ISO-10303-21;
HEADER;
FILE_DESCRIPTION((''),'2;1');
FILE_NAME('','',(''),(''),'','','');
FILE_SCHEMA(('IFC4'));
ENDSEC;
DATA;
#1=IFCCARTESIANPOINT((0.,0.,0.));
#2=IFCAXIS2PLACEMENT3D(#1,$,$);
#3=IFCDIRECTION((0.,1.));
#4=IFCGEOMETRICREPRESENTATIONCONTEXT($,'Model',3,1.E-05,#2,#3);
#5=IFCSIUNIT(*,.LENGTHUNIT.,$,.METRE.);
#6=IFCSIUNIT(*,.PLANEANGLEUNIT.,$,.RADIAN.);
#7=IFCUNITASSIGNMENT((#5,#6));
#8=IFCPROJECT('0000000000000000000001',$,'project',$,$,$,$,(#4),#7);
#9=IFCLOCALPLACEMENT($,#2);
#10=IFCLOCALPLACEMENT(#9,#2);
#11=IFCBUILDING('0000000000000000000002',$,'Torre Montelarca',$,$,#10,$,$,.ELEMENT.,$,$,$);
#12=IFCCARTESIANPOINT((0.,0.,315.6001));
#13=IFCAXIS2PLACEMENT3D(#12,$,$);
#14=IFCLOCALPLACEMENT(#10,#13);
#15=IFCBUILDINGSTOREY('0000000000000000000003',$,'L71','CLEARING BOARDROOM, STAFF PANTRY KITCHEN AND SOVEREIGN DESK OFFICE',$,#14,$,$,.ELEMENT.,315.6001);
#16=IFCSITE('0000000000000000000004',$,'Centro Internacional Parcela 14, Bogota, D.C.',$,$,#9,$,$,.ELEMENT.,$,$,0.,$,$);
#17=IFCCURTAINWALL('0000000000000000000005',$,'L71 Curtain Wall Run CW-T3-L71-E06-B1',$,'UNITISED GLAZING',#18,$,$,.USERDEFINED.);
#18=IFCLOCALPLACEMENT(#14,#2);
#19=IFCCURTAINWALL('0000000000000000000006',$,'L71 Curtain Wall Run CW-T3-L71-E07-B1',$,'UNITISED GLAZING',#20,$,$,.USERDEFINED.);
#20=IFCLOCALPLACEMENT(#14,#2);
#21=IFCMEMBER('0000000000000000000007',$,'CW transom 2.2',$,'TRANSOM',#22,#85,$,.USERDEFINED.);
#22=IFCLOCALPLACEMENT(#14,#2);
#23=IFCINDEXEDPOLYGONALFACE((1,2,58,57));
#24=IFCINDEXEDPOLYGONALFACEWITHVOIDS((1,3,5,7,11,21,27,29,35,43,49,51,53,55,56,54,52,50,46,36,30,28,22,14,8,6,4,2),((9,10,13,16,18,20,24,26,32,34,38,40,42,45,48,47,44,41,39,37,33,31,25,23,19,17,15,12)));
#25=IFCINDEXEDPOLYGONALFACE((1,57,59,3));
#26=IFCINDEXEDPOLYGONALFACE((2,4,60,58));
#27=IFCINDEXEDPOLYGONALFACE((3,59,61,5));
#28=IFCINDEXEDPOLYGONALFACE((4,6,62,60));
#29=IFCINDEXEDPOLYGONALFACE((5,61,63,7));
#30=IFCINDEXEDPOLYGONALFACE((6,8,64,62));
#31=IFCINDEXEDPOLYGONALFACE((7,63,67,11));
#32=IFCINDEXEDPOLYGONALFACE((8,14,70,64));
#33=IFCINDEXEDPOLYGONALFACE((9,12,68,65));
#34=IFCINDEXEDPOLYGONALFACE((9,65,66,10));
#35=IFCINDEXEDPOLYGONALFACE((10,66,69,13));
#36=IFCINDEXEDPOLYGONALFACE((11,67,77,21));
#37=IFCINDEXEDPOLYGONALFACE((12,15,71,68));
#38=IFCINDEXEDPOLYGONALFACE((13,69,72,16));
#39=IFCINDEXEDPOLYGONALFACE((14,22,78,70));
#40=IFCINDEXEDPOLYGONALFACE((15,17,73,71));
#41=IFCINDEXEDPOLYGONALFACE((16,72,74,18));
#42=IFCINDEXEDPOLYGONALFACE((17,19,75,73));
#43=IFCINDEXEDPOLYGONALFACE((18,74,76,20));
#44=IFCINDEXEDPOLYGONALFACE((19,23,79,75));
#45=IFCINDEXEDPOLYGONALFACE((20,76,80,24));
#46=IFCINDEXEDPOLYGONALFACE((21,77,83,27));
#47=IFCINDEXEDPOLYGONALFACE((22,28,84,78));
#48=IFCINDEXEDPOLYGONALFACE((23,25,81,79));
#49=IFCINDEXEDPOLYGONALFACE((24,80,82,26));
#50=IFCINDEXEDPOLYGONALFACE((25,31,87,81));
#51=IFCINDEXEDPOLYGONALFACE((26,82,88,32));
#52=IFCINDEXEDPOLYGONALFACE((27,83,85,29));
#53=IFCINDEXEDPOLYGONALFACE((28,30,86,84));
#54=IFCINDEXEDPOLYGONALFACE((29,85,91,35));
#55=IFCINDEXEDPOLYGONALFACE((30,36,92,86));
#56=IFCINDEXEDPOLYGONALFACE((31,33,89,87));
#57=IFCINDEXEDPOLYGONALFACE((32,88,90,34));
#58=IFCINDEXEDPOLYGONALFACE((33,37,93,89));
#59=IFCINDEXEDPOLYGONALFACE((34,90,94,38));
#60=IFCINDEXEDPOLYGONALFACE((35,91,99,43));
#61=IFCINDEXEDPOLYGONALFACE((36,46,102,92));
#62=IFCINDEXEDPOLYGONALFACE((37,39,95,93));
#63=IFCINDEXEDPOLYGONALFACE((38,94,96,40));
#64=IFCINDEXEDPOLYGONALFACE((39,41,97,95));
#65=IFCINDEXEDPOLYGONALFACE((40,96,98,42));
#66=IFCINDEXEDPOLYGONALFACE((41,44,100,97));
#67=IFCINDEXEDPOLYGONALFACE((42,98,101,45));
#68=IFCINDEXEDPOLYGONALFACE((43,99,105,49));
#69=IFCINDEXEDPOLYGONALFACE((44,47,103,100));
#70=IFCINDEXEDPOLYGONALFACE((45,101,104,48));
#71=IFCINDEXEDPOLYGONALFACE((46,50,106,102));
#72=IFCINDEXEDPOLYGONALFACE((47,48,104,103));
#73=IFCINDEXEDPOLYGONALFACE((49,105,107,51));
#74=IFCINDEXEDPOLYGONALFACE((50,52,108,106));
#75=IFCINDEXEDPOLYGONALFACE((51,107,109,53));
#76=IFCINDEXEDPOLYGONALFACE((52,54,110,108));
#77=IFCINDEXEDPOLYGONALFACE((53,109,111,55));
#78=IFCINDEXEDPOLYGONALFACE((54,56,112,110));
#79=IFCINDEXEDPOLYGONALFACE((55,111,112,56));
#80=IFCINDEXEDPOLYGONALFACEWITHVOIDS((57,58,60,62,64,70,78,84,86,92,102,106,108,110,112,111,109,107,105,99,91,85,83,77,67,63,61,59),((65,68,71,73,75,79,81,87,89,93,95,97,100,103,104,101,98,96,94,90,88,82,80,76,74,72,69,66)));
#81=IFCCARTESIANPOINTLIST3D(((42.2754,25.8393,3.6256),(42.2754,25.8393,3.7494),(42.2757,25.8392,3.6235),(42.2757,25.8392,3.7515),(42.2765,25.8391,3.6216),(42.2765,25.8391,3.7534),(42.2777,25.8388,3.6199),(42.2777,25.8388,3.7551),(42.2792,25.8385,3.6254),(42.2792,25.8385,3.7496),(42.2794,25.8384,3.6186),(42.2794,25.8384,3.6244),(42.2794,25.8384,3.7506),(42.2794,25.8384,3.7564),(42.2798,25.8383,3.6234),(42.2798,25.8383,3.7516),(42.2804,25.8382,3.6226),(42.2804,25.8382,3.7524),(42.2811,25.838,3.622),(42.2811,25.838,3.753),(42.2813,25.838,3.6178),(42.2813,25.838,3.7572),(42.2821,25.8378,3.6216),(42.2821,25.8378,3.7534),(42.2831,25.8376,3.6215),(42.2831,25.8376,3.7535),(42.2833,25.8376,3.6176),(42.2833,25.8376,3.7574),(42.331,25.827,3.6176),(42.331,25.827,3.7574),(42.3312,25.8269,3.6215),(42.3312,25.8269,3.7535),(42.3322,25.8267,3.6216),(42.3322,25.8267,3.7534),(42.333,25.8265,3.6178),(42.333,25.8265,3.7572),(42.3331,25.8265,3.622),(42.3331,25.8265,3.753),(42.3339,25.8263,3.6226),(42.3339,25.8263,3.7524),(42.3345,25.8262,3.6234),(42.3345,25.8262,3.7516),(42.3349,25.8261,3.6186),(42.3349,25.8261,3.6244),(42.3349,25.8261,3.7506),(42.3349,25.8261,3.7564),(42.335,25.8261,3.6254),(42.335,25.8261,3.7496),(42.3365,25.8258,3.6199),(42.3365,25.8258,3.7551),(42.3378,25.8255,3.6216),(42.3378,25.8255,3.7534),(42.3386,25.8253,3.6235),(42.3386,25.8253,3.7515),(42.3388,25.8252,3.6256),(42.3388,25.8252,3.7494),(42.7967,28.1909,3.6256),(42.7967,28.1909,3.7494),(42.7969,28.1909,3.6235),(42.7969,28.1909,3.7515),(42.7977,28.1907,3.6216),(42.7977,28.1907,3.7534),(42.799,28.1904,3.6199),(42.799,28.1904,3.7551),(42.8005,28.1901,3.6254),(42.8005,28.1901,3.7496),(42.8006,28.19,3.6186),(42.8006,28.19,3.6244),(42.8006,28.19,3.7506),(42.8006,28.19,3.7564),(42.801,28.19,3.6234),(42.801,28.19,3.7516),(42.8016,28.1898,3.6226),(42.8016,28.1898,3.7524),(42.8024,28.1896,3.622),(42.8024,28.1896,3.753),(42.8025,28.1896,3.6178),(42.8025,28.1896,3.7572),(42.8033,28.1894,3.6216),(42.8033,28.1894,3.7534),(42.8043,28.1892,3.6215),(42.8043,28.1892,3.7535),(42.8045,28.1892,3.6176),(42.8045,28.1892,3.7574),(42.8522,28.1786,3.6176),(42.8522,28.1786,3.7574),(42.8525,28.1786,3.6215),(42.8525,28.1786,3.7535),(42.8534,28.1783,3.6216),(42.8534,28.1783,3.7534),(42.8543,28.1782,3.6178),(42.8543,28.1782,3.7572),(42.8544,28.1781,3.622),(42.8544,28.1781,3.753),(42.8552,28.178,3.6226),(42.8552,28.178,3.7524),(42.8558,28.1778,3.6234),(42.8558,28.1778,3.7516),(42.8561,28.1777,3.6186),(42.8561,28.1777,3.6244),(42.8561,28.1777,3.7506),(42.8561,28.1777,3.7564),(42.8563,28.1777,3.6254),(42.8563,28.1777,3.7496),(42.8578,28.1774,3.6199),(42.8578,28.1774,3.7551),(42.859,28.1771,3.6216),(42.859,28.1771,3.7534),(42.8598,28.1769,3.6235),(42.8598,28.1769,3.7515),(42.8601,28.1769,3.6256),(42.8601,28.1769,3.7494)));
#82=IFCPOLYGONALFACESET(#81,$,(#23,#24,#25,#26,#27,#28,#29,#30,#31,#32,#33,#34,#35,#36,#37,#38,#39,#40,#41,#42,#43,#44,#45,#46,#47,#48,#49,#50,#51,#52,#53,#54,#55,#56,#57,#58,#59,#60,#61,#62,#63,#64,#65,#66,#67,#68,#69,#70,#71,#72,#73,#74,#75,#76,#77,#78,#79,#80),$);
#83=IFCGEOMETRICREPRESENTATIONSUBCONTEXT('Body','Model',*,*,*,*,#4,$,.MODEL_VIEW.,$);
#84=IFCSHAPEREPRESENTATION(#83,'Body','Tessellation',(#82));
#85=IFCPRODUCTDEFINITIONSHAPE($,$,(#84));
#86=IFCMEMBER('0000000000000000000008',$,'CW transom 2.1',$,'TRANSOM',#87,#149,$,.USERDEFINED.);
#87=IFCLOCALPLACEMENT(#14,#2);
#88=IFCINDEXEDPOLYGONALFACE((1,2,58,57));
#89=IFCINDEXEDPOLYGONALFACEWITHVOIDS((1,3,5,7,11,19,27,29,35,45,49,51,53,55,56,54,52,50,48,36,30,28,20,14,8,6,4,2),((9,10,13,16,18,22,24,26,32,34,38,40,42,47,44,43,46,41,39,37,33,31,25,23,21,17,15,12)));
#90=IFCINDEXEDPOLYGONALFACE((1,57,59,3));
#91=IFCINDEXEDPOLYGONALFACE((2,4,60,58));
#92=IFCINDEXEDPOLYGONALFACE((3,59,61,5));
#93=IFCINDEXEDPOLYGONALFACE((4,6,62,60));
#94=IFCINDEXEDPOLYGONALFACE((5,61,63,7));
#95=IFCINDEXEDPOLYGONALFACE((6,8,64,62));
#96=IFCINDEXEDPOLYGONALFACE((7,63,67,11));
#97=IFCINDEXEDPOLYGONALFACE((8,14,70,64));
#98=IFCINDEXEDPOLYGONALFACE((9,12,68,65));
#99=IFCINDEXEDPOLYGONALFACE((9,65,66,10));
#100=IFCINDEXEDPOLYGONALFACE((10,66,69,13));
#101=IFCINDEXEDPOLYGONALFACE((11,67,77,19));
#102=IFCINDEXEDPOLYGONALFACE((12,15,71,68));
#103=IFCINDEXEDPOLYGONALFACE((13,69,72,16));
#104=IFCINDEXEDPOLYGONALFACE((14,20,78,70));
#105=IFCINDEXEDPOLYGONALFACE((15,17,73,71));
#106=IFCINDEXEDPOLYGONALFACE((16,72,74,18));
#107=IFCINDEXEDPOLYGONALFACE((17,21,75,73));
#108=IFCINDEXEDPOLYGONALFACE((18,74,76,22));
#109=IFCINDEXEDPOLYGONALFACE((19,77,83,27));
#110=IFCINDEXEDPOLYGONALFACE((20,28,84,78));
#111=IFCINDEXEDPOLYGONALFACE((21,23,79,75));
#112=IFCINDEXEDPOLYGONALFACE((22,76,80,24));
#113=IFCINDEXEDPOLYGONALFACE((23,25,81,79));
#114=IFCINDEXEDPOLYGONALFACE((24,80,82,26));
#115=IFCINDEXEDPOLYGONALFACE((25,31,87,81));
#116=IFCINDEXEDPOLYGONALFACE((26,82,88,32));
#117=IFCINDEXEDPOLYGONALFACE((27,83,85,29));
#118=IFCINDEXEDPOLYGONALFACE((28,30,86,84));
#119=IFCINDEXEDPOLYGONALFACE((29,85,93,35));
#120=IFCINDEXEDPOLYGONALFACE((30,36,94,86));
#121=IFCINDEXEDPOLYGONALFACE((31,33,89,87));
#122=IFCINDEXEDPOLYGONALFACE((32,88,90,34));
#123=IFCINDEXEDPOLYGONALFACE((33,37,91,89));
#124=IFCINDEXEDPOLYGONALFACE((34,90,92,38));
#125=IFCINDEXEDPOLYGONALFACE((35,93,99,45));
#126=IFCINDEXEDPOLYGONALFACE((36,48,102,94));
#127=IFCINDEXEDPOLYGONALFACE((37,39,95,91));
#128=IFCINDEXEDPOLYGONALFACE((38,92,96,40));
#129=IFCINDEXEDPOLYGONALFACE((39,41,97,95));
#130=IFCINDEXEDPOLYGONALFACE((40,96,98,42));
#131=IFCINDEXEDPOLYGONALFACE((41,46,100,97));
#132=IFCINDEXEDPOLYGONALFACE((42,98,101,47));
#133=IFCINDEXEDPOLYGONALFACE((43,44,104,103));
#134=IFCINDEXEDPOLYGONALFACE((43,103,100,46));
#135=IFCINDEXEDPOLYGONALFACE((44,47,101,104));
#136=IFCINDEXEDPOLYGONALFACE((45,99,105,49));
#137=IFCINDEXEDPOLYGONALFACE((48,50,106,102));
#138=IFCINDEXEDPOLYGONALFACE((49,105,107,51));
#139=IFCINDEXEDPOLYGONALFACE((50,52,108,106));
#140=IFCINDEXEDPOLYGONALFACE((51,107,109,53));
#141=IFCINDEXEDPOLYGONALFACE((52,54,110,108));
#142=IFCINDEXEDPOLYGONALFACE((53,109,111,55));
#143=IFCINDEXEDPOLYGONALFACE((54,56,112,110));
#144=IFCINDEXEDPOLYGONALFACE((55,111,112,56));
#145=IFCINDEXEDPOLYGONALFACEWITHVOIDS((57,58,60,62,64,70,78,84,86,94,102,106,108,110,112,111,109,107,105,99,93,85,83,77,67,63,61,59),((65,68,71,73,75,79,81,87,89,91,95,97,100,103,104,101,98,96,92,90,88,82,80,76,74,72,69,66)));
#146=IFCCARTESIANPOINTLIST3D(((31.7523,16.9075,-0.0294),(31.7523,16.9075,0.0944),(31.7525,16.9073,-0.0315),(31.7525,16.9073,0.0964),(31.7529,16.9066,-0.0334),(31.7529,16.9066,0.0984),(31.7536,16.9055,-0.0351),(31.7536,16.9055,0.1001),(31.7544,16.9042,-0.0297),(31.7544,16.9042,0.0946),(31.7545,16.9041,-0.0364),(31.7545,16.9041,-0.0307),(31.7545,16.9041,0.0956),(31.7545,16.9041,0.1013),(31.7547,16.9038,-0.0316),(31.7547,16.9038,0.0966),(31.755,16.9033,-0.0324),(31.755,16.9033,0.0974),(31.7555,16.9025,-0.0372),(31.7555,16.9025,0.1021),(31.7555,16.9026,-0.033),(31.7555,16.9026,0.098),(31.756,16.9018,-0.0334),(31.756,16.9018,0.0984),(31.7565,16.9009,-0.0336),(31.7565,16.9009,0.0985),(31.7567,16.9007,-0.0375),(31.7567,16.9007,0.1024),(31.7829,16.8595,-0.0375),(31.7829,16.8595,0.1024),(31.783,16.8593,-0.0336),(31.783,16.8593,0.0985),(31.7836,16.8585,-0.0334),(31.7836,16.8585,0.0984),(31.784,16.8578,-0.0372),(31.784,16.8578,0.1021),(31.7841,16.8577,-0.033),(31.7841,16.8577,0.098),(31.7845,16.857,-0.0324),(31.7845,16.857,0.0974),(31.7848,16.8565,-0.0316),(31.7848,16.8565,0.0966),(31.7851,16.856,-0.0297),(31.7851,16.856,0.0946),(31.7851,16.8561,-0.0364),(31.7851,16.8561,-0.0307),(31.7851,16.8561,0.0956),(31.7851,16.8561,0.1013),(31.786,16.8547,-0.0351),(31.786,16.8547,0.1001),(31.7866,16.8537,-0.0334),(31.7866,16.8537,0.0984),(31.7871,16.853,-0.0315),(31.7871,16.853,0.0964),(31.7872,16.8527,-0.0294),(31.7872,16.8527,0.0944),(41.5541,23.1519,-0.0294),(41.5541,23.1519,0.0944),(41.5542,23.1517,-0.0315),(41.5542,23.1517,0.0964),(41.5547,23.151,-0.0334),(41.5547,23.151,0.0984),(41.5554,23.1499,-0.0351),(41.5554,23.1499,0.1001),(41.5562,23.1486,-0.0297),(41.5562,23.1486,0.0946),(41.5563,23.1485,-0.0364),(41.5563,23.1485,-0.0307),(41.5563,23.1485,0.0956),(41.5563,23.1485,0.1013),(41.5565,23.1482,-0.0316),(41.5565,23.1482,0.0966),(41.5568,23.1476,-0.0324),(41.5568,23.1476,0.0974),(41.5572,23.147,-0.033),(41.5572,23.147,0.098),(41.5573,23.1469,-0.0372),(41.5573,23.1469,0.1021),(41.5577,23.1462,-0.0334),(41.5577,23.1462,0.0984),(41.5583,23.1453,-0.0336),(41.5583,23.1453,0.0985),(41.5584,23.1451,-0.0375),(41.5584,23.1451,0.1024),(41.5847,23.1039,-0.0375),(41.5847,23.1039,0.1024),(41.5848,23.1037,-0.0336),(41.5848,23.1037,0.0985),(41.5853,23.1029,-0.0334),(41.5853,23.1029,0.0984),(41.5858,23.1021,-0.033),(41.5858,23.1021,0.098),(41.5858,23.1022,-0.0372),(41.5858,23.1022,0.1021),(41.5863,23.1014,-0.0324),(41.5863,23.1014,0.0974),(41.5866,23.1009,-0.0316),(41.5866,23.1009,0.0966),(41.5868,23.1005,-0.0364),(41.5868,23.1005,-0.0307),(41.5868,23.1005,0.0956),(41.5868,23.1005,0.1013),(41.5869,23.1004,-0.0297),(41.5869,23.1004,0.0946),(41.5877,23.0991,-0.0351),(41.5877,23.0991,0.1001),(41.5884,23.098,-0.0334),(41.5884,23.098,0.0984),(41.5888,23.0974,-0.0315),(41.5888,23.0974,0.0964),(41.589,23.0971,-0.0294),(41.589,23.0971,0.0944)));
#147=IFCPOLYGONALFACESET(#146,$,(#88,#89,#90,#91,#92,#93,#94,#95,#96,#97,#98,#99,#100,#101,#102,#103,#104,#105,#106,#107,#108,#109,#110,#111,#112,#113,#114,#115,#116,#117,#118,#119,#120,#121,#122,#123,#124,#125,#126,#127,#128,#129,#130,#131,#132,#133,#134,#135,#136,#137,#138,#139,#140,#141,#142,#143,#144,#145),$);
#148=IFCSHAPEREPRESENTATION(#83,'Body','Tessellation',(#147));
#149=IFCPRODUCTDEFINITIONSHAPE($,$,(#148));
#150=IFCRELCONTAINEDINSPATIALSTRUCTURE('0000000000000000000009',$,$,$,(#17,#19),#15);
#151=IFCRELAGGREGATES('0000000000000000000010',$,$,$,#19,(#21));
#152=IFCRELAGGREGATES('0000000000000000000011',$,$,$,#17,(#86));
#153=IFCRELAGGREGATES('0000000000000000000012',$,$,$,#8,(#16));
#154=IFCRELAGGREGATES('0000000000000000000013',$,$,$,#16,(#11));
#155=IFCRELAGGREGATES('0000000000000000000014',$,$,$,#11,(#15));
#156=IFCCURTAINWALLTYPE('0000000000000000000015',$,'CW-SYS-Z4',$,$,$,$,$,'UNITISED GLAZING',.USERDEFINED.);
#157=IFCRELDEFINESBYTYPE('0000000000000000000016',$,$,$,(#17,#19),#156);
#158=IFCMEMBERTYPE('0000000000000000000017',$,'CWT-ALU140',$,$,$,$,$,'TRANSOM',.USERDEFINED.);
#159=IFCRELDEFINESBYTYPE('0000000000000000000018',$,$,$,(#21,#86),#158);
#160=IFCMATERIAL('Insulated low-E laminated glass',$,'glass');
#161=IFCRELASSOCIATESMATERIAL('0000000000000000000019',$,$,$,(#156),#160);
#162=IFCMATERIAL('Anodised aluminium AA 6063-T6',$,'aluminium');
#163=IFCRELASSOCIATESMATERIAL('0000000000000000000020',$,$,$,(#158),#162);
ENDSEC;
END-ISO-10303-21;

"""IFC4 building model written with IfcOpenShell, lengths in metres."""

from ifc_helpers import new_model, si_unit, direction, frame, origin, origin_2d, place, context, subcontext, project, spatial, hollow_rectangle, extrude, source, transform, mapped, material, material_profile, profile_set, type_object, element, aggregate, save


model = new_model("IFC4")

# Units and contexts
model_context = context("Model", 3, precision=1e-05, world=origin(), true_north=direction((0.0, 1.0)))
body_context = subcontext(model_context, "Body", "Model", "MODEL_VIEW")
ifc_project = project(units=[si_unit("LENGTHUNIT", "METRE"), si_unit("PLANEANGLEUNIT", "RADIAN")], contexts=[model_context])

# Site, building, storey
site_placement = place(None, origin())
site = spatial("IfcSite", under=ifc_project, at=site_placement, Name="Centro Internacional Parcela 14, Bogota, D.C.", CompositionType="ELEMENT", RefElevation=0.0)
building_placement = place(site_placement, origin())
building = spatial("IfcBuilding", under=site, at=building_placement, Name="Torre Montelarca", CompositionType="ELEMENT")
storey_placement = place(building_placement, frame((0.0, 0.0, 315.6001)))
storey = spatial("IfcBuildingStorey", under=building, at=storey_placement, Name="L71", Description="CLEARING BOARDROOM, STAFF PANTRY KITCHEN AND SOVEREIGN DESK OFFICE", CompositionType="ELEMENT", Elevation=315.6001)

# Curtain walls
ifc_material_1 = material(Name="Insulated low-E laminated glass", Category="glass")
curtain_wall_type = type_object("IfcCurtainWallType", Name="CW-SYS-Z4", ElementType="UNITISED GLAZING", PredefinedType="USERDEFINED", material=ifc_material_1)
curtain_wall_1_placement = place(storey_placement, origin())
curtain_wall_1 = element("IfcCurtainWall", 1, at=curtain_wall_1_placement, inside=storey, type_object=curtain_wall_type, Name="L71 Curtain Wall Run CW-T3-L71-E06-B1", ObjectType="UNITISED GLAZING", PredefinedType="USERDEFINED")
ifc_material_2 = material(Name="Anodised aluminium AA 6063-T6", Category="aluminium")
curtain_wall_2_placement = place(storey_placement, origin())
curtain_wall_2 = element("IfcCurtainWall", 2, at=curtain_wall_2_placement, inside=storey, type_object=curtain_wall_type, Name="L71 Curtain Wall Run CW-T3-L71-E07-B1", ObjectType="UNITISED GLAZING", PredefinedType="USERDEFINED")

# Members
ifc_material_profile_1 = material_profile(ifc_material_2, hollow_rectangle(XDim=0.0649, YDim=0.1399, WallThickness=0.0039, InnerFilletRadius=0.0039, OuterFilletRadius=0.0081, at=origin_2d()), Name="ALU65X140X4", Category="aluminium")
ifc_profile_set_1 = profile_set([ifc_material_profile_1], Name="Anodised aluminium AA 6063-T6")
member_type_1 = type_object("IfcMemberType", Name="CWT-ALU140", ElementType="TRANSOM", PredefinedType="USERDEFINED", material=ifc_profile_set_1)
shared_shape_1 = source(origin(), body_context, "Body", "SweptSolid", [
    extrude(hollow_rectangle(XDim=0.0649, YDim=0.1399, WallThickness=0.0039, InnerFilletRadius=0.0039, OuterFilletRadius=0.0081, at=origin_2d()), origin(), (0.0, 0.0, 1.0), 2.4087),
])
member_1_placement = place(storey_placement, frame((42.3071, 25.8323, 3.6875), z_axis=(0.216405, 0.976304, 0.0), x_axis=(-0.976304, 0.216405, 0.0)))
member_1 = element("IfcMember", 3, at=member_1_placement, type_object=member_type_1, Name="CW transom 2.2", ObjectType="TRANSOM", PredefinedType="USERDEFINED", context=body_context, shape_type="MappedRepresentation", body=[
    mapped(shared_shape_1, transform((0.0, 0.0, 0.0), scale=1.0)),
])
shared_shape_2 = source(origin(), body_context, "Body", "SweptSolid", [
    extrude(hollow_rectangle(XDim=0.0649, YDim=0.1399, WallThickness=0.0039, InnerFilletRadius=0.0039, OuterFilletRadius=0.0081, at=origin_2d()), origin(), (0.0, 0.0, 1.0), 11.6218),
])
member_2_placement = place(storey_placement, frame((31.7698, 16.8801, 0.0325), z_axis=(0.843392, 0.537298, 0.0), x_axis=(-0.537298, 0.843392, 0.0)))
member_2 = element("IfcMember", 4, at=member_2_placement, type_object=member_type_1, Name="CW transom 2.1", ObjectType="TRANSOM", PredefinedType="USERDEFINED", context=body_context, shape_type="MappedRepresentation", body=[
    mapped(shared_shape_2, transform((0.0, 0.0, 0.0), scale=1.0)),
])

aggregate(curtain_wall_2, [member_1])
aggregate(curtain_wall_1, [member_2])

save(model, "model.ifc")
